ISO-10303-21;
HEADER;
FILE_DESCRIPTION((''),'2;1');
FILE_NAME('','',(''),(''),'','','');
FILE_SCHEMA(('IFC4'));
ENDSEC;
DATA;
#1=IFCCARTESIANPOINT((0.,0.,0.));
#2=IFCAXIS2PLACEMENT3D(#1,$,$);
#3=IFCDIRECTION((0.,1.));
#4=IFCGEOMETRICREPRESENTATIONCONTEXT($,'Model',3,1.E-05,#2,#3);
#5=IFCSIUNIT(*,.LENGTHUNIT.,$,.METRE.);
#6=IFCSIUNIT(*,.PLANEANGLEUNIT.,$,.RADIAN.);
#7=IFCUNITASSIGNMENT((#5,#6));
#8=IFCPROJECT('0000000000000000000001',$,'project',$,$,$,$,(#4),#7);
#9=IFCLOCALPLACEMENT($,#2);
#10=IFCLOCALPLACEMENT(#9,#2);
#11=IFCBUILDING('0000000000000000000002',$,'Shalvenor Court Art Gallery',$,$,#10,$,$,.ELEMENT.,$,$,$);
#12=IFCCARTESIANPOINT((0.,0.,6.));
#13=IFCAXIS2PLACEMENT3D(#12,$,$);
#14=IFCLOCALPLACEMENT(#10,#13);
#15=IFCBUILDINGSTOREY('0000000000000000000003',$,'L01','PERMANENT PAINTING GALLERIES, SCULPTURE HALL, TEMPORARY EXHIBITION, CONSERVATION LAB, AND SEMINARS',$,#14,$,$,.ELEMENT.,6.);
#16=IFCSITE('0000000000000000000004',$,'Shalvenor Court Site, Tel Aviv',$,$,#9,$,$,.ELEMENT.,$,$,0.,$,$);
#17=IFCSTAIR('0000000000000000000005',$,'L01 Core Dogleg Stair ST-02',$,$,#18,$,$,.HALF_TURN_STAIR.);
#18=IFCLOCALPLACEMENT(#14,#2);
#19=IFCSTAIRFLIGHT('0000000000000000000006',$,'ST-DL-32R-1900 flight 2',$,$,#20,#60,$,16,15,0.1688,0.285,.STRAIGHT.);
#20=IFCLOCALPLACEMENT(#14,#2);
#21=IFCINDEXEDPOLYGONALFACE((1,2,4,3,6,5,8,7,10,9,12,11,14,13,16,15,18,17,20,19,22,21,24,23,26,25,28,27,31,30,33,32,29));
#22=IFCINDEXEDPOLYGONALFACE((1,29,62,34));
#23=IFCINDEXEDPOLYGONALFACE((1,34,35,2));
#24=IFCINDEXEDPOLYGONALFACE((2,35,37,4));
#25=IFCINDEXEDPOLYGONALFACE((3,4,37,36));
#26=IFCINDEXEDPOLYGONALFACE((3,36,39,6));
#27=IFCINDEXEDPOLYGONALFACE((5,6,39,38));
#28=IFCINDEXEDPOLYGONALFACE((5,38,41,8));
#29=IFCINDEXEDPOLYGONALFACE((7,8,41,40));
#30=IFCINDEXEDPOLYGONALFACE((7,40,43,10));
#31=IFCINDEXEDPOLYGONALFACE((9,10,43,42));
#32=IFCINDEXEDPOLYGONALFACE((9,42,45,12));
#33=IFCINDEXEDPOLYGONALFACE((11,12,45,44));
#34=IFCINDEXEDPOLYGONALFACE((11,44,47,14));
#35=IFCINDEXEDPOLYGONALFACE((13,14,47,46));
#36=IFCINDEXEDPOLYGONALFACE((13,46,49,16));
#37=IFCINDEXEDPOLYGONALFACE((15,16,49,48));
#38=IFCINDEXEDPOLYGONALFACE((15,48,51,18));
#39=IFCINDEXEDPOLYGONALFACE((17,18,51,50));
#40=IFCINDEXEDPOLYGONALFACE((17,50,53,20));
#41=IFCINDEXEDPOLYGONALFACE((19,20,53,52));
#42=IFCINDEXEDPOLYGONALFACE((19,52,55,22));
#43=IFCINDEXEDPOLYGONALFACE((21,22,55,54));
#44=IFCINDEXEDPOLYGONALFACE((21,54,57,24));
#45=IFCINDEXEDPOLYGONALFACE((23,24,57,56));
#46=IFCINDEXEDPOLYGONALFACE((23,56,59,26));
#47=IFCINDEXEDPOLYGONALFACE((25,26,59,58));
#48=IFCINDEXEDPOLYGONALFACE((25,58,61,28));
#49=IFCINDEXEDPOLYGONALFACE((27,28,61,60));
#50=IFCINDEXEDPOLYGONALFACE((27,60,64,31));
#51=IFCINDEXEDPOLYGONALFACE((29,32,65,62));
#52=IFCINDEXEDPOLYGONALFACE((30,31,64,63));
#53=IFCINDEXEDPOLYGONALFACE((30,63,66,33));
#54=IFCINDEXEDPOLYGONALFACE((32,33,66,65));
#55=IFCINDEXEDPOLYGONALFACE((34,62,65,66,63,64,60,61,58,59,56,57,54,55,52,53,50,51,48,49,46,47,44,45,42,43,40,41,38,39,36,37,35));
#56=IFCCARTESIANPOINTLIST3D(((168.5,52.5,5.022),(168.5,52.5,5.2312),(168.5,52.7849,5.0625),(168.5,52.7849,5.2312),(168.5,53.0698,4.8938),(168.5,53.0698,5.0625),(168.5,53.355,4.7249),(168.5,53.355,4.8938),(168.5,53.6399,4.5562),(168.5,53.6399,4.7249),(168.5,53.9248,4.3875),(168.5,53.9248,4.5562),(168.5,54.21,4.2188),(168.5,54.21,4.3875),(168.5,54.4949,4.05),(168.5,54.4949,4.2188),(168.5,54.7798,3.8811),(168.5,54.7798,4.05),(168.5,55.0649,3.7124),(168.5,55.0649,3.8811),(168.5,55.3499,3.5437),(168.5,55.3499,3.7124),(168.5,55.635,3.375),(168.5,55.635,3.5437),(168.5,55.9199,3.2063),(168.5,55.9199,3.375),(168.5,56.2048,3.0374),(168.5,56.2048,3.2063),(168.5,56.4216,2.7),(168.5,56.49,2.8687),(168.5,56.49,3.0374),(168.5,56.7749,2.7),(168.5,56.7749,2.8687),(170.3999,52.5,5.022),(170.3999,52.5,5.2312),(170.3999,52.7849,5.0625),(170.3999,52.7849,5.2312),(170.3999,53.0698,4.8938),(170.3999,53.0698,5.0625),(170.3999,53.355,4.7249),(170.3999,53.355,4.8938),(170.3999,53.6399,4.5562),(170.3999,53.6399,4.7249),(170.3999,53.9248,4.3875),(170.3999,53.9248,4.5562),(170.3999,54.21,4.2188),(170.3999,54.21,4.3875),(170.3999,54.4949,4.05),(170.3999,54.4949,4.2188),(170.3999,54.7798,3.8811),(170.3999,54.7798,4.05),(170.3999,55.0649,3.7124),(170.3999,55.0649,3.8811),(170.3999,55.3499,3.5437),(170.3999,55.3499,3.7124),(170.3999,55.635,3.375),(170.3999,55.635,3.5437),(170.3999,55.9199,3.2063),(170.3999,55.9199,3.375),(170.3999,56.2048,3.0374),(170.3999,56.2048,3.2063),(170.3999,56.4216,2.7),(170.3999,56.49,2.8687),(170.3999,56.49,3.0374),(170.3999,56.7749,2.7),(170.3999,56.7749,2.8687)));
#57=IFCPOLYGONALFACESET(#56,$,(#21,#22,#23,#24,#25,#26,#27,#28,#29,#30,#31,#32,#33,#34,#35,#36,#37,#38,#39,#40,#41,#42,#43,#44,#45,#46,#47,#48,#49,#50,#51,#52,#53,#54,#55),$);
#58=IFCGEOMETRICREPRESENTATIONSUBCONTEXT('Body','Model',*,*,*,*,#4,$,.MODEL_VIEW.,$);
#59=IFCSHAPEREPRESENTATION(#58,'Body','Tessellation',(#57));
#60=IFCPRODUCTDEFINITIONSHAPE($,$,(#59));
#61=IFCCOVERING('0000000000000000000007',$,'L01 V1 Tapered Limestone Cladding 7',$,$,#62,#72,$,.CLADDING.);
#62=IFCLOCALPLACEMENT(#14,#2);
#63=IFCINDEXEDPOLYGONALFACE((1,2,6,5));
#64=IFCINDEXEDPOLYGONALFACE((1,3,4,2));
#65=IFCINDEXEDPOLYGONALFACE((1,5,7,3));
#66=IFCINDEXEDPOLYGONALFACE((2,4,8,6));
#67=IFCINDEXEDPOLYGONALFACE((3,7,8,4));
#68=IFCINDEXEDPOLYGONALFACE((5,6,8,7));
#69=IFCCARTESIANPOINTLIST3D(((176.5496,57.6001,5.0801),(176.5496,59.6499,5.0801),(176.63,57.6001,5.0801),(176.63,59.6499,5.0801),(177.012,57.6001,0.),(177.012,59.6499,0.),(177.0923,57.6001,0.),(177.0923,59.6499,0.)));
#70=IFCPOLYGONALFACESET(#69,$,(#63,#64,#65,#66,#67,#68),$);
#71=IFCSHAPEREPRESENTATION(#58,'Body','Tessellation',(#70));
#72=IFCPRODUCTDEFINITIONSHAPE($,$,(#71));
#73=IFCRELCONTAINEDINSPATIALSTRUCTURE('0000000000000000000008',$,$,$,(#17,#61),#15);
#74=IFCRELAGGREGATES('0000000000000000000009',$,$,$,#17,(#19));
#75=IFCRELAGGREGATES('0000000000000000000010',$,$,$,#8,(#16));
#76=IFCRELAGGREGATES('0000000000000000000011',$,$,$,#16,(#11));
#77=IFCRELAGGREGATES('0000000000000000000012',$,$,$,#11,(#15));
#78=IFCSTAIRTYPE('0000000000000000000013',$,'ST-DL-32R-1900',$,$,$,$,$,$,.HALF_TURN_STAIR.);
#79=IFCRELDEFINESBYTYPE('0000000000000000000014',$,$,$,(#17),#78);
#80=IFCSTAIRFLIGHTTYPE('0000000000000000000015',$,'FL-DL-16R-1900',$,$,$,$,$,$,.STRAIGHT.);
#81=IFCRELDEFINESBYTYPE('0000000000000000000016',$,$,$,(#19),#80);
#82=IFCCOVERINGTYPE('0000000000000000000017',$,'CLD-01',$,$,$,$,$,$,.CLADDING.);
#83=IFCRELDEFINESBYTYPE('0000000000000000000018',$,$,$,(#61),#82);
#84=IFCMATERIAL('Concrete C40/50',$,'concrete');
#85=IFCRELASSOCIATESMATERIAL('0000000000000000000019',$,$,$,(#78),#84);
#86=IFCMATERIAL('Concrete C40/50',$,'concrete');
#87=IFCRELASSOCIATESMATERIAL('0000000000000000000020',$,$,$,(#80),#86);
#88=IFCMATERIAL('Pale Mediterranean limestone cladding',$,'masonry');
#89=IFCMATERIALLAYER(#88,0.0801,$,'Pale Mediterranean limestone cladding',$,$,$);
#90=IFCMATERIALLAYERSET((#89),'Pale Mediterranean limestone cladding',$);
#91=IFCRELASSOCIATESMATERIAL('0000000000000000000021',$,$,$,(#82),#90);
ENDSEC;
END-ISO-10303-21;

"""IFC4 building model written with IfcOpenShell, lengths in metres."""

from ifc_helpers import new_model, si_unit, direction, frame, origin, place, context, subcontext, project, spatial, polyline, outline, extrude, material, layer, layer_set, type_object, element, aggregate, save


model = new_model("IFC4")

# Units and contexts
model_context = context("Model", 3, precision=1e-05, world=origin(), true_north=direction((0.0, 1.0)))
body_context = subcontext(model_context, "Body", "Model", "MODEL_VIEW")
ifc_project = project(units=[si_unit("LENGTHUNIT", "METRE"), si_unit("PLANEANGLEUNIT", "RADIAN")], contexts=[model_context])

# Site, building, storey
site_placement = place(None, origin())
site = spatial("IfcSite", under=ifc_project, at=site_placement, Name="Shalvenor Court Site, Tel Aviv", CompositionType="ELEMENT", RefElevation=0.0)
building_placement = place(site_placement, origin())
building = spatial("IfcBuilding", under=site, at=building_placement, Name="Shalvenor Court Art Gallery", CompositionType="ELEMENT")
storey_placement = place(building_placement, frame((0.0, 0.0, 6.0)))
storey = spatial("IfcBuildingStorey", under=building, at=storey_placement, Name="L01", Description="PERMANENT PAINTING GALLERIES, SCULPTURE HALL, TEMPORARY EXHIBITION, CONSERVATION LAB, AND SEMINARS", CompositionType="ELEMENT", Elevation=6.0)

# Stair, stair flight
ifc_material_1 = material(Name="Concrete C40/50", Category="concrete")
stair_type = type_object("IfcStairType", Name="ST-DL-32R-1900", PredefinedType="HALF_TURN_STAIR", material=ifc_material_1)
stair_placement = place(storey_placement, origin())
stair = element("IfcStair", 1, at=stair_placement, inside=storey, type_object=stair_type, Name="L01 Core Dogleg Stair ST-02", PredefinedType="HALF_TURN_STAIR")
ifc_material_2 = material(Name="Concrete C40/50", Category="concrete")
stair_flight_type = type_object("IfcStairFlightType", Name="FL-DL-16R-1900", PredefinedType="STRAIGHT", material=ifc_material_2)
stair_flight_1_placement = place(storey_placement, frame((169.45, 56.7749, 2.7), z_axis=(0.0, 0.0, 1.0), x_axis=(0.0, -1.0, 0.0)))
stair_flight_1 = element("IfcStairFlight", 2, at=stair_flight_1_placement, type_object=stair_flight_type, Name="ST-DL-32R-1900 flight 2", NumberOfRisers=16, NumberOfTreads=15, PredefinedType="STRAIGHT", RiserHeight=0.1688, TreadLength=0.285, context=body_context, shape_type="SweptSolid", body=[
    extrude(outline(polyline([(0.0, 0.0), (0.0, 0.1687), (0.2849, 0.1687), (0.2849, 0.3374), (0.5701, 0.3374), (0.5701, 0.5063), (0.855, 0.5063), (0.855, 0.675), (1.1399, 0.675), (1.1399, 0.8438), (1.425, 0.8438), (1.425, 1.0125), (1.71, 1.0125), (1.71, 1.1812), (1.9951, 1.1812), (1.9951, 1.3501), (2.28, 1.3501), (2.28, 1.5188), (2.5649, 1.5188), (2.5649, 1.6875), (2.8501, 1.6875), (2.8501, 1.8562), (3.135, 1.8562), (3.135, 2.0249), (3.4199, 2.0249), (3.4199, 2.1938), (3.7051, 2.1938), (3.7051, 2.3625), (3.99, 2.3625), (3.99, 2.5312), (4.2749, 2.5312), (4.2749, 2.7), (4.2749, 2.322), (0.3533, 0.0), (0.0, 0.0)])), frame((0.0, 0.95, 0.0), z_axis=(0.0, -1.0, 0.0), x_axis=(1.0, 0.0, 0.0)), (0.0, 0.0, 1.0), 1.8999),
])
aggregate(stair, [stair_flight_1])

# Covering
ifc_material_3 = material(Name="Pale Mediterranean limestone cladding", Category="masonry")
ifc_layer_1 = layer(ifc_material_3, 0.0801, Name="Pale Mediterranean limestone cladding")
ifc_layer_set_1 = layer_set([ifc_layer_1], Name="Pale Mediterranean limestone cladding")
covering_type = type_object("IfcCoveringType", Name="CLD-01", PredefinedType="CLADDING", material=ifc_layer_set_1)
covering_placement = place(storey_placement, frame((177.0923, 57.6001, 0.0), z_axis=(0.0, 0.0, 1.0), x_axis=(0.0, 1.0, 0.0)))
element("IfcCovering", 3, at=covering_placement, inside=storey, type_object=covering_type, Name="L01 V1 Tapered Limestone Cladding 7", PredefinedType="CLADDING", context=body_context, shape_type="SweptSolid", body=[
    extrude(outline(polyline([(0.0, 0.0), (2.0498, 0.0), (2.0498, 5.1011), (0.0, 5.1011), (0.0, 0.0)])), frame((0.0, 0.0, 0.0), z_axis=(0.0, -0.995884, 0.090633), x_axis=(1.0, 0.0, 0.0)), (0.0, 0.090633, -0.995884), 0.0803),
])

save(model, "model.ifc")
